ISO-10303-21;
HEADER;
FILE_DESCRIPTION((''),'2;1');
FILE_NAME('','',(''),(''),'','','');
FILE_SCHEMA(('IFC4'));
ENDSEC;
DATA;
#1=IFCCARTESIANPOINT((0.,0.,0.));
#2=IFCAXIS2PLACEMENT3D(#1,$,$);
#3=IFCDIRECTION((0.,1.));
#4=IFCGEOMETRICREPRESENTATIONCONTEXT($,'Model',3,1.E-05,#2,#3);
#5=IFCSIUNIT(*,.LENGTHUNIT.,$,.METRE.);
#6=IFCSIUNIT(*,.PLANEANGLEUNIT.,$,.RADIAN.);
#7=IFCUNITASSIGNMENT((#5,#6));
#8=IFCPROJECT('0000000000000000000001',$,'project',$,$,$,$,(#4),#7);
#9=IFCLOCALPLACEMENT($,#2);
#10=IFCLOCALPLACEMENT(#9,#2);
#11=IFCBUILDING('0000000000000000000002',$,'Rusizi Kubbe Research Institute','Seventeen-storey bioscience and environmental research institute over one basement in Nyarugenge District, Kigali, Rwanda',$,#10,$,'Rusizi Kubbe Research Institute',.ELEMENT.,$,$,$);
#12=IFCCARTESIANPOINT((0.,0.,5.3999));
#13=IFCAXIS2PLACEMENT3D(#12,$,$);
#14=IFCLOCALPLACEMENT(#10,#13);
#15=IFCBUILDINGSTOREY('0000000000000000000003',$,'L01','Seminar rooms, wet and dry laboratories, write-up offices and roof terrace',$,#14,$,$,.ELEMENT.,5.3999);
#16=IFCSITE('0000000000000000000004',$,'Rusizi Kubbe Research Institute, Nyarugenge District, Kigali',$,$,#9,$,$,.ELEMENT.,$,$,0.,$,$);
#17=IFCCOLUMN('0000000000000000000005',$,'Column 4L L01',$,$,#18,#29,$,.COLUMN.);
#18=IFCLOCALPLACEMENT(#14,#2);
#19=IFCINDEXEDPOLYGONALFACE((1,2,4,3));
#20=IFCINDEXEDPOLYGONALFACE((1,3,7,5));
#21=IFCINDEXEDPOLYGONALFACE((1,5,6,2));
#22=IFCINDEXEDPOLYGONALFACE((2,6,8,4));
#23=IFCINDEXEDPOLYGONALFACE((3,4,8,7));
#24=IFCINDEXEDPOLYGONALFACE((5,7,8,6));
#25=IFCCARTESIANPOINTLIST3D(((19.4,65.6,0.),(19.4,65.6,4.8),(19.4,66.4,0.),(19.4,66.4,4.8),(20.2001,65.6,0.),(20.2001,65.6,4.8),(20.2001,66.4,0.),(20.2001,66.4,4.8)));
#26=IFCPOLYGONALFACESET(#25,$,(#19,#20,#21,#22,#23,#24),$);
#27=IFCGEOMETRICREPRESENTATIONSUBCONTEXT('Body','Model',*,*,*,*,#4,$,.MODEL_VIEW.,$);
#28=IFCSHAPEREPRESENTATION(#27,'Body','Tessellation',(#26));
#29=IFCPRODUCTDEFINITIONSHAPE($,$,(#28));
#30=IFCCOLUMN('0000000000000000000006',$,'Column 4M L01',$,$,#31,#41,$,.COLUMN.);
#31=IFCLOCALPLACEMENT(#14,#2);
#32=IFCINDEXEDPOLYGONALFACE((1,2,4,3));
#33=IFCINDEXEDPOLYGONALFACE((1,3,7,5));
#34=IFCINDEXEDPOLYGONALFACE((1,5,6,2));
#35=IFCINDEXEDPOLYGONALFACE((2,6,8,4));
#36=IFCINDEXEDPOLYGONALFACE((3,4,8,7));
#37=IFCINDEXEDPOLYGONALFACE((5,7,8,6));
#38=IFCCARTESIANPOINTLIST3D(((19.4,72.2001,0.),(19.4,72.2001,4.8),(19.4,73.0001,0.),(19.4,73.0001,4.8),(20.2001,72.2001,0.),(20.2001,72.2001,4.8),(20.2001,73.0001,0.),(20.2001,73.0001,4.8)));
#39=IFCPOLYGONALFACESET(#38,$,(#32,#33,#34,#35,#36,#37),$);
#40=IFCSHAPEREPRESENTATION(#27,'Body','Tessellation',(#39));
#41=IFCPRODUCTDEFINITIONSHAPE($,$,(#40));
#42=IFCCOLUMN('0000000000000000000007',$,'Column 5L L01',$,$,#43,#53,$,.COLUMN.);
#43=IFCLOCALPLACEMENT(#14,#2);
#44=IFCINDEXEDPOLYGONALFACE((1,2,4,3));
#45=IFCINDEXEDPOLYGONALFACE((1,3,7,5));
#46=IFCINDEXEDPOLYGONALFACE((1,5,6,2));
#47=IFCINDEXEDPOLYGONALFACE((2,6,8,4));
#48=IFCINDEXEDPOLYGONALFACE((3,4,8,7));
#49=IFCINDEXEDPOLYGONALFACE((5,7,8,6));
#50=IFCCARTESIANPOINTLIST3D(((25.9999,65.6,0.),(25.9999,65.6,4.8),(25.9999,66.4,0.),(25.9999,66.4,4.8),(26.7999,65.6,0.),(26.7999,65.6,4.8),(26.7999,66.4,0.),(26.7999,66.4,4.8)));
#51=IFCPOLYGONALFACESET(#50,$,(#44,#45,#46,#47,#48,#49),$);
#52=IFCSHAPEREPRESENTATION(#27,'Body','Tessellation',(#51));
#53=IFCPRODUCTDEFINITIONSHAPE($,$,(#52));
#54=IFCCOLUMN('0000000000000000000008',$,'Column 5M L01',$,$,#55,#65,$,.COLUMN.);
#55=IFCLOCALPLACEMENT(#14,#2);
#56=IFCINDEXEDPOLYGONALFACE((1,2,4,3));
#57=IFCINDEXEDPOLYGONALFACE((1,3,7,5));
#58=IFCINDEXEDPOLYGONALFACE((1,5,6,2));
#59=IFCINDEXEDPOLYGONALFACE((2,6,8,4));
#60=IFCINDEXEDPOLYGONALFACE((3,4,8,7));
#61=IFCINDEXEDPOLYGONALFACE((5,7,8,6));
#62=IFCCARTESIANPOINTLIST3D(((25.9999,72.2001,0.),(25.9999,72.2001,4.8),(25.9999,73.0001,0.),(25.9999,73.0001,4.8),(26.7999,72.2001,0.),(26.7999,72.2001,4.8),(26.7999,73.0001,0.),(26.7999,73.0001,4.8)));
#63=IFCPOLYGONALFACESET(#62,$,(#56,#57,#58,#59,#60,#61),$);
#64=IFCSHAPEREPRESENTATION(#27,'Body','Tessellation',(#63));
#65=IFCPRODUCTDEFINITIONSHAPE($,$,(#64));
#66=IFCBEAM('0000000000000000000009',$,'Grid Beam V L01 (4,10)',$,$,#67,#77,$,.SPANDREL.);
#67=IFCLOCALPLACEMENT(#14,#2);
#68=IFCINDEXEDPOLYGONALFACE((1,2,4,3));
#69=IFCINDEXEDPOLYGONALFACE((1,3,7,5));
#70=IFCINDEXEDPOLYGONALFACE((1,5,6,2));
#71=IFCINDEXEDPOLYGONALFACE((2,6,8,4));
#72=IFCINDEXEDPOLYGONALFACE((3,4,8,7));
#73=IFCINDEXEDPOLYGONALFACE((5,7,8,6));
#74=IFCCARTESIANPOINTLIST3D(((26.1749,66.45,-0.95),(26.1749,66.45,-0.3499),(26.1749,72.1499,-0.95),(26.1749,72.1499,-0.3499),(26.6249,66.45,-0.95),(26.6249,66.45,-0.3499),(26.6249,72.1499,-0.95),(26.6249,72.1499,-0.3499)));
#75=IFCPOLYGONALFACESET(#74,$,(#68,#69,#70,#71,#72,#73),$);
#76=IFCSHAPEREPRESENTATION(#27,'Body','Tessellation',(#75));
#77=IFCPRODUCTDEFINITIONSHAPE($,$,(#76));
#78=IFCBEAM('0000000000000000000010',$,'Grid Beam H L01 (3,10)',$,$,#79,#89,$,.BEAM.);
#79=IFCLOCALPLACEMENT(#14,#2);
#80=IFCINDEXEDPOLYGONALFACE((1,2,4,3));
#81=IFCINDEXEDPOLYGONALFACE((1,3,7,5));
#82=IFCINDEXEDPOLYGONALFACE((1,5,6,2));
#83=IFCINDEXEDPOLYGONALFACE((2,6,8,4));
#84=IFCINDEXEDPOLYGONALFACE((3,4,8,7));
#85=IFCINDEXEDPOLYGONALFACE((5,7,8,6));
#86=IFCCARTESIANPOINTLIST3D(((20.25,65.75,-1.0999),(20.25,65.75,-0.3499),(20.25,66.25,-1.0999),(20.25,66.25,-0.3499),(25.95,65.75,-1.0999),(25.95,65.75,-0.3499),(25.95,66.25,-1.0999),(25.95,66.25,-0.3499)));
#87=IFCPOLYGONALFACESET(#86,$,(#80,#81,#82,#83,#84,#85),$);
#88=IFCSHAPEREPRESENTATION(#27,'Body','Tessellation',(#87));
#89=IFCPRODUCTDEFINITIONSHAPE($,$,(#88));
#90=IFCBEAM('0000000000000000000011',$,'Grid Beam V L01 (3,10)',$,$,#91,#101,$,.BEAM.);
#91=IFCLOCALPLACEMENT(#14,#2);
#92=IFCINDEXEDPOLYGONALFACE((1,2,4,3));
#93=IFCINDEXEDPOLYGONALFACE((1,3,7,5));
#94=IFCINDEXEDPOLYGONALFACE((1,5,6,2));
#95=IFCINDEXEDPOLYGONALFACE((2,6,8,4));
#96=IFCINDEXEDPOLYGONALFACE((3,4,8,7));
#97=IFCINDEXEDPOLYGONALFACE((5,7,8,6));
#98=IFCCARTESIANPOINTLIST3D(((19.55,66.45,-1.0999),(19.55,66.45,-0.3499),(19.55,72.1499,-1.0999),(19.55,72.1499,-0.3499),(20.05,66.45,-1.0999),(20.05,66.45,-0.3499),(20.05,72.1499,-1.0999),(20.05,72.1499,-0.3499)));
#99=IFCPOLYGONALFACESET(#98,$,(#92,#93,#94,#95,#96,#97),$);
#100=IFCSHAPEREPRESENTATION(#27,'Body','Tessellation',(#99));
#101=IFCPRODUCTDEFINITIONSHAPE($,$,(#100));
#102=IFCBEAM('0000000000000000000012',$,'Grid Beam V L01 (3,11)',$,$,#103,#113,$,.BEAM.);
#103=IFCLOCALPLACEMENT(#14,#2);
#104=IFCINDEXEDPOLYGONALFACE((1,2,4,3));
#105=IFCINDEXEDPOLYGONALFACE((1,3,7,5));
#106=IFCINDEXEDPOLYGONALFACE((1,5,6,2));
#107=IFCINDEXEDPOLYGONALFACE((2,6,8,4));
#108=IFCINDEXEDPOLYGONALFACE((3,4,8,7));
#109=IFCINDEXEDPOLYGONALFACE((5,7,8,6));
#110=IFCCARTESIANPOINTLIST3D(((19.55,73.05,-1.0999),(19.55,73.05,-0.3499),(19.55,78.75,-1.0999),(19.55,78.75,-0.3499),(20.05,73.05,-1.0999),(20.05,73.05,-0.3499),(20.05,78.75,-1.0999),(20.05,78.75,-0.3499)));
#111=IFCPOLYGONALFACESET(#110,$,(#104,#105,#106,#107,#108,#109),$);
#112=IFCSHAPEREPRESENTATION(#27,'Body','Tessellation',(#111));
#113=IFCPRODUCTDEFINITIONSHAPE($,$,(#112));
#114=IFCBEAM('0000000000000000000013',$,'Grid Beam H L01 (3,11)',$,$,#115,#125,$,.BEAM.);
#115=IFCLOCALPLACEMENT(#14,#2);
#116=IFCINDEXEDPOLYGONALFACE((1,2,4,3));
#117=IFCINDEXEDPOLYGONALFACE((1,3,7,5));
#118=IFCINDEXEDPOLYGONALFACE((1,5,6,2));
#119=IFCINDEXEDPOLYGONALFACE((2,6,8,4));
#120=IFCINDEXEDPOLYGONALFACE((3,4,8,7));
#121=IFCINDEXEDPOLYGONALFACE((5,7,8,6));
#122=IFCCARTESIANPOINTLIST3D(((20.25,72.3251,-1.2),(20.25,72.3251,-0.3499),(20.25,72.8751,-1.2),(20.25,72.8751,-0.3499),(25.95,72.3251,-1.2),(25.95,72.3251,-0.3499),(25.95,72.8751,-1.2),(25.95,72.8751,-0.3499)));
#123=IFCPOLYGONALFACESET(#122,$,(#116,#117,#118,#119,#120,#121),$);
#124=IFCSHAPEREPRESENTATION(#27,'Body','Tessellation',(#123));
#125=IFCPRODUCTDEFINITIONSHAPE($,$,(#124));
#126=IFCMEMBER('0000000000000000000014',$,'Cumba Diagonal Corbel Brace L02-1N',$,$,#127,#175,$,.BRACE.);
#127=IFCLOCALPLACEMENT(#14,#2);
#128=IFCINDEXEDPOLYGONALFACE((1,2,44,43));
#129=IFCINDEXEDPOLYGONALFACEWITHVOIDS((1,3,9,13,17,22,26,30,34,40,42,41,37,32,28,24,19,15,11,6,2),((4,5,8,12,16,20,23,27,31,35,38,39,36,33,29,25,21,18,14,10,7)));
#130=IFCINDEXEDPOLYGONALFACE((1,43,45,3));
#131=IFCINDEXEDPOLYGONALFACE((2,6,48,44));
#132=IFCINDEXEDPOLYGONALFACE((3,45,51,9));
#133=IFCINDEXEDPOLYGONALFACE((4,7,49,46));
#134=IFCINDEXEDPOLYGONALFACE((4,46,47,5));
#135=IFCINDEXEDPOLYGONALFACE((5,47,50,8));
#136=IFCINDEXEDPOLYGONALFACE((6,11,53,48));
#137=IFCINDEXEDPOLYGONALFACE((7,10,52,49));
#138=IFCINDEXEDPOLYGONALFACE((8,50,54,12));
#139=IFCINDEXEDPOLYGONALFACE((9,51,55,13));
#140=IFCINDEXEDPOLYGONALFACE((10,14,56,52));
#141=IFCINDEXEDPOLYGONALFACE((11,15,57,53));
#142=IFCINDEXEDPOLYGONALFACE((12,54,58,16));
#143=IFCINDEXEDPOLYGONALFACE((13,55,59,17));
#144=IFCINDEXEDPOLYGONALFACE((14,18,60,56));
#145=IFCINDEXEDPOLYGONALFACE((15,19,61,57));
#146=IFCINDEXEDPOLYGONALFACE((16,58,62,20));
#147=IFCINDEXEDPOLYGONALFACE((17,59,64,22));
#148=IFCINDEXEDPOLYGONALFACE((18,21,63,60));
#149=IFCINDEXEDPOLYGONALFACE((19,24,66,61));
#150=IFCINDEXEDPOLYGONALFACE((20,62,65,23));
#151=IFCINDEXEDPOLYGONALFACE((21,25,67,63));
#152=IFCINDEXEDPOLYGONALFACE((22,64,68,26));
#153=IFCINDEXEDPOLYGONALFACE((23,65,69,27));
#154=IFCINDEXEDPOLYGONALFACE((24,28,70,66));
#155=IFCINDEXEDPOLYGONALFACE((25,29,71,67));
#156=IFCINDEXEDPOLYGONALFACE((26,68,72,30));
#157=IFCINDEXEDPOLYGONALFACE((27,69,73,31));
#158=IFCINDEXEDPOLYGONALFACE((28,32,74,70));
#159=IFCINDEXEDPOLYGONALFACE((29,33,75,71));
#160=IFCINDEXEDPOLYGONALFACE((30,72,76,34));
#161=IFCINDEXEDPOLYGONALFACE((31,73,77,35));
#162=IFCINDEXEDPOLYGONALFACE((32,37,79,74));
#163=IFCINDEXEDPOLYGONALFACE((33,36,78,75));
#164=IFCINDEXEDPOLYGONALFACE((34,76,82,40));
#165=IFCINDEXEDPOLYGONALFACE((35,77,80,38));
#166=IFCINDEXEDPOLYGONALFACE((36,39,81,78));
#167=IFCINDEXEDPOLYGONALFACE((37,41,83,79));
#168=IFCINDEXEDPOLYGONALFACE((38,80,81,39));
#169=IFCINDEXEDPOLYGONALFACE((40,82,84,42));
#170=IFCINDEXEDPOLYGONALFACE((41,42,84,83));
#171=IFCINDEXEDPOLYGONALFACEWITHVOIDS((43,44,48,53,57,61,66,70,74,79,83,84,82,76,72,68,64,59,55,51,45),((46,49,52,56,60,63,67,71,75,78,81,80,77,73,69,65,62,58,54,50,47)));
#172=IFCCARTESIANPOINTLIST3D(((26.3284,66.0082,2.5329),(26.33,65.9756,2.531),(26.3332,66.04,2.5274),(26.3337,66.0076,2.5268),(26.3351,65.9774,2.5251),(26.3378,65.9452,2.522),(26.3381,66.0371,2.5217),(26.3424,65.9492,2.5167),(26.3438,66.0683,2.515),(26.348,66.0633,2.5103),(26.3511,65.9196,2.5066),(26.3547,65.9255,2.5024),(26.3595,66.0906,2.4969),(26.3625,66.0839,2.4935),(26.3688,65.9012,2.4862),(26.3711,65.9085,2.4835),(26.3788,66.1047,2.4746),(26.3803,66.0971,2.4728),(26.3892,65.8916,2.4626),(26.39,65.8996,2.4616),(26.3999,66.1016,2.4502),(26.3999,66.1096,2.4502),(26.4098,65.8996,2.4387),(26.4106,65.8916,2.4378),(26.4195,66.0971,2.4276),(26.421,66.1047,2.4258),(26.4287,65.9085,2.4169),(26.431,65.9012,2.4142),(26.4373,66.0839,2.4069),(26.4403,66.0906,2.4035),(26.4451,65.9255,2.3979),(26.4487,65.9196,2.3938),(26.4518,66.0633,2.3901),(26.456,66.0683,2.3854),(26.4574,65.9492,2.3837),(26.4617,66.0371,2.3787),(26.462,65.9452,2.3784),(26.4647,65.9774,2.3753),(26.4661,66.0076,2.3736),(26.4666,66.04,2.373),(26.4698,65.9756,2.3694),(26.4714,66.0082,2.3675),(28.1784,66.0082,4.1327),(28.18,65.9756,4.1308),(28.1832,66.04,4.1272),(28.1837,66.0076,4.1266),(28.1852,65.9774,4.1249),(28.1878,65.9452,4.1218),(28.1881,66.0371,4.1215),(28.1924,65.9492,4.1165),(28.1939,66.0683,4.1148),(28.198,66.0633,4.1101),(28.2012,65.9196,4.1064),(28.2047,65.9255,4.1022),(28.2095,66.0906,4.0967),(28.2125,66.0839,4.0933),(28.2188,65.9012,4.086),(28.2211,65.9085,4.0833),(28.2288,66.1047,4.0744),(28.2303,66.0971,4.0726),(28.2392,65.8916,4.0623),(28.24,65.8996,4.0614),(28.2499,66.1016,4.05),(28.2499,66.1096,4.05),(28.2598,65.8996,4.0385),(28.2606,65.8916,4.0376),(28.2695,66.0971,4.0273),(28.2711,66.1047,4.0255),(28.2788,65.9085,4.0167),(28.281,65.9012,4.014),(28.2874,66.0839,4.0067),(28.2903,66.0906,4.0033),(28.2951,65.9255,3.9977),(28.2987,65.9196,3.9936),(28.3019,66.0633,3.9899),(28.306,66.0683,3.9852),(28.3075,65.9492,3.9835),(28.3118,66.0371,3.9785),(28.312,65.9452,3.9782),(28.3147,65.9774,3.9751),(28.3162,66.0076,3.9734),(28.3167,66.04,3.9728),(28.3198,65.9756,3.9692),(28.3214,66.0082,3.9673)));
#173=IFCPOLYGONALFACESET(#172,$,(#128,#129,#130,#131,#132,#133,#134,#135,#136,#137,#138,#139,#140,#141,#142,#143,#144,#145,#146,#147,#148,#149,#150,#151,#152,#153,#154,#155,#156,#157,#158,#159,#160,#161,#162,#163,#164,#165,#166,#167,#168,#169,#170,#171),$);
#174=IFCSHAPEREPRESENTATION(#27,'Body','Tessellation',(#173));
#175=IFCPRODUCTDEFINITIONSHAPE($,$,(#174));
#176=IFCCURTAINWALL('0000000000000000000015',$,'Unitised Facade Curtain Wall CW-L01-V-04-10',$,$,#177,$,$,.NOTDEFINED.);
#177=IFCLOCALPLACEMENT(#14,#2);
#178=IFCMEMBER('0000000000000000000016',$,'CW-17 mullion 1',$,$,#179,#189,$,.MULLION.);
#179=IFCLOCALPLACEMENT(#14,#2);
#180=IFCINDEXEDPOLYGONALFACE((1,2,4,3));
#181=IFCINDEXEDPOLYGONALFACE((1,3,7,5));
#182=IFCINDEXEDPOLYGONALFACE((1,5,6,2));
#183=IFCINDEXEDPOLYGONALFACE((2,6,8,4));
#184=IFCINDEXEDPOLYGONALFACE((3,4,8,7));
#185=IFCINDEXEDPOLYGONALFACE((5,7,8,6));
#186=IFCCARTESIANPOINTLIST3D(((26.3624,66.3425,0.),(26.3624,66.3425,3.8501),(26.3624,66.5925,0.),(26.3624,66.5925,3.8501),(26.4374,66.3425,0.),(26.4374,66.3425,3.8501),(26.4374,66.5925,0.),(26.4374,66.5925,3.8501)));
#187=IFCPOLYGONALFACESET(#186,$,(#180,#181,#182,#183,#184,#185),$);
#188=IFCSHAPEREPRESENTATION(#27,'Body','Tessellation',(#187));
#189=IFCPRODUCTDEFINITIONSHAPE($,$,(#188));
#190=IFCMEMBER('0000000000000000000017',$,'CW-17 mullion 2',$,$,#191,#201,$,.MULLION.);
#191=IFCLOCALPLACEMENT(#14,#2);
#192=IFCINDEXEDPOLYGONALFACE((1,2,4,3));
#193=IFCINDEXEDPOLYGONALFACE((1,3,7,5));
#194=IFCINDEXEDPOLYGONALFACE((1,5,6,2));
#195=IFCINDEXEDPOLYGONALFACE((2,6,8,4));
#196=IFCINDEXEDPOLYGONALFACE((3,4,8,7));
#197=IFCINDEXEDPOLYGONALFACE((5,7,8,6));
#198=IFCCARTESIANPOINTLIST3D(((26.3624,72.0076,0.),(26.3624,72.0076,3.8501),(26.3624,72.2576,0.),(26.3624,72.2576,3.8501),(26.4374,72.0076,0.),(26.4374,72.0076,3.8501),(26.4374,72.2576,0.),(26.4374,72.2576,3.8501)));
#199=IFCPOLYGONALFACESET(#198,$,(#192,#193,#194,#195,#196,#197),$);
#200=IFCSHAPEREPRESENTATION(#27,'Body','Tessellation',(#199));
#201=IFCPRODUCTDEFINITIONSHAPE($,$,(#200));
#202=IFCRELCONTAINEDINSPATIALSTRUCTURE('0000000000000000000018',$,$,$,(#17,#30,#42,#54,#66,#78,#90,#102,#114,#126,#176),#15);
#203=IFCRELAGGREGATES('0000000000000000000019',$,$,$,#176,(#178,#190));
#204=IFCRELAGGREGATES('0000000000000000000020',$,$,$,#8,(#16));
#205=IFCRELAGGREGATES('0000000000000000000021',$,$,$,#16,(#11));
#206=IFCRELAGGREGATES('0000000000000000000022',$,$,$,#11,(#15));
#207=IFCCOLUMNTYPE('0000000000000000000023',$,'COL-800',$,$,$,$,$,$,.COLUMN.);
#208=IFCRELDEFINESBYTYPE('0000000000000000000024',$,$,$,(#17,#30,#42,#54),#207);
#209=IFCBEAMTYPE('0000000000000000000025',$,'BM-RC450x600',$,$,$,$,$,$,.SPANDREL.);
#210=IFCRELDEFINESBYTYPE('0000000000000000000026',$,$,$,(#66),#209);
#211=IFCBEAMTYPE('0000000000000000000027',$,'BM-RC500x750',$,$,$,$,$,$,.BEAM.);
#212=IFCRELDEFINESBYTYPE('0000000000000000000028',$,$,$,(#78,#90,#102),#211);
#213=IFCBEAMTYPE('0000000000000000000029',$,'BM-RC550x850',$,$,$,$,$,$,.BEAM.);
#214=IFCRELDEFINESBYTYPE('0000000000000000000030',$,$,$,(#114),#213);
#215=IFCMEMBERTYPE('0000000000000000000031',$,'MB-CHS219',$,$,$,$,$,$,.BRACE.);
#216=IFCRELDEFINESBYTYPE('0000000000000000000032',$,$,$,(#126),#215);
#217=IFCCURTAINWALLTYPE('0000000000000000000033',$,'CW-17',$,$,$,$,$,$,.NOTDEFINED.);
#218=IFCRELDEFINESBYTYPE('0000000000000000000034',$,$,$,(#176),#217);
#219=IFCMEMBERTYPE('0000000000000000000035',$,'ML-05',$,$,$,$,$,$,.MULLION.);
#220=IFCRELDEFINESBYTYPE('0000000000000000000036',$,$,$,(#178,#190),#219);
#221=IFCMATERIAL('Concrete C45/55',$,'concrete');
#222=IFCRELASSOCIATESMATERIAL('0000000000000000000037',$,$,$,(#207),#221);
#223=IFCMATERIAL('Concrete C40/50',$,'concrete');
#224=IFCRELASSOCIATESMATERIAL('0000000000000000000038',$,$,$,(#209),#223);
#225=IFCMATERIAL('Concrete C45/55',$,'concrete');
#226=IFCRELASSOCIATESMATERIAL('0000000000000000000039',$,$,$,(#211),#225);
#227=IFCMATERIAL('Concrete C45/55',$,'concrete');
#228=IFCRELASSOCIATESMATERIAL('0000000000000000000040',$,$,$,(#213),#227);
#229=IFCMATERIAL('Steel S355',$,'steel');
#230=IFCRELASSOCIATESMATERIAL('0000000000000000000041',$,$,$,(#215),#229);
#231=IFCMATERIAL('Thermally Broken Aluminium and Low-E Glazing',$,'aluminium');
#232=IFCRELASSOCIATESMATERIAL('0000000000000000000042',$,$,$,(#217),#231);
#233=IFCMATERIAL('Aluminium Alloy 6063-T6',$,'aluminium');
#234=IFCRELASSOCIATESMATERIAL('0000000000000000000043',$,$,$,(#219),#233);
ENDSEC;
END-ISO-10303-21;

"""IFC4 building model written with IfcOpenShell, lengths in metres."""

from ifc_helpers import new_model, si_unit, direction, frame, origin, origin_2d, place, context, subcontext, project, spatial, rectangle, hollow_circle, extrude, material, material_profile, profile_set, type_object, element, aggregate, save


model = new_model("IFC4")

# Units and contexts
model_context = context("Model", 3, precision=1e-05, world=origin(), true_north=direction((0.0, 1.0)))
body_context = subcontext(model_context, "Body", "Model", "MODEL_VIEW")
ifc_project = project(units=[si_unit("LENGTHUNIT", "METRE"), si_unit("PLANEANGLEUNIT", "RADIAN")], contexts=[model_context])

# Site, building, storey
site_placement = place(None, origin())
site = spatial("IfcSite", under=ifc_project, at=site_placement, Name="Rusizi Kubbe Research Institute, Nyarugenge District, Kigali", CompositionType="ELEMENT", RefElevation=0.0)
building_placement = place(site_placement, origin())
building = spatial("IfcBuilding", under=site, at=building_placement, Name="Rusizi Kubbe Research Institute", Description="Seventeen-storey bioscience and environmental research institute over one basement in Nyarugenge District, Kigali, Rwanda", LongName="Rusizi Kubbe Research Institute", CompositionType="ELEMENT")
storey_placement = place(building_placement, frame((0.0, 0.0, 5.3999)))
storey = spatial("IfcBuildingStorey", under=building, at=storey_placement, Name="L01", Description="Seminar rooms, wet and dry laboratories, write-up offices and roof terrace", CompositionType="ELEMENT", Elevation=5.3999)

# Columns
ifc_material_1 = material(Name="Concrete C45/55", Category="concrete")
ifc_material_profile_1 = material_profile(ifc_material_1, rectangle(XDim=0.8, YDim=0.8, at=origin_2d()), Name="RC800x800")
ifc_profile_set_1 = profile_set([ifc_material_profile_1], Name="Concrete C45/55")
column_type = type_object("IfcColumnType", Name="COL-800", PredefinedType="COLUMN", material=ifc_profile_set_1)
for number, where, z_axis, x_axis, name in (
    (1, (19.8, 66.0, 0.0), (0.0, 0.0, 1.0), (1.0, 0.0, 0.0), "Column 4L L01"),
    (2, (19.8, 72.6001, 0.0), (0.0, 0.0, 1.0), (1.0, 0.0, 0.0), "Column 4M L01"),
    (3, (26.3999, 66.0, 0.0), (0.0, 0.0, 1.0), (1.0, 0.0, 0.0), "Column 5L L01"),
    (4, (26.3999, 72.6001, 0.0), (0.0, 0.0, 1.0), (1.0, 0.0, 0.0), "Column 5M L01"),
):
    element("IfcColumn", number, at=place(storey_placement, frame(where, z_axis=z_axis, x_axis=x_axis)), inside=storey, type_object=column_type, Name=name, PredefinedType="COLUMN", context=body_context, shape_type="SweptSolid", body=[
        extrude(rectangle(XDim=0.8, YDim=0.8, at=origin_2d()), origin(), (0.0, 0.0, 1.0), 4.8),
    ])

# Beams
ifc_material_2 = material(Name="Concrete C40/50", Category="concrete")
ifc_material_profile_2 = material_profile(ifc_material_2, rectangle(XDim=0.45, YDim=0.6001, at=origin_2d()), Name="RC450x600")
ifc_profile_set_2 = profile_set([ifc_material_profile_2], Name="Concrete C40/50")
beam_type_1 = type_object("IfcBeamType", Name="BM-RC450x600", PredefinedType="SPANDREL", material=ifc_profile_set_2)
beam_1_placement = place(storey_placement, frame((26.3999, 66.45, -0.6499), z_axis=(0.0, 1.0, 0.0), x_axis=(-1.0, 0.0, 0.0)))
element("IfcBeam", 5, at=beam_1_placement, inside=storey, type_object=beam_type_1, Name="Grid Beam V L01 (4,10)", PredefinedType="SPANDREL", context=body_context, shape_type="SweptSolid", body=[
    extrude(rectangle(XDim=0.45, YDim=0.6001, at=origin_2d()), origin(), (0.0, 0.0, 1.0), 5.7),
])
ifc_material_3 = material(Name="Concrete C45/55", Category="concrete")
ifc_material_profile_3 = material_profile(ifc_material_3, rectangle(XDim=0.5, YDim=0.75, at=origin_2d()), Name="RC500x750B")
ifc_profile_set_3 = profile_set([ifc_material_profile_3], Name="Concrete C45/55")
beam_type_2 = type_object("IfcBeamType", Name="BM-RC500x750", PredefinedType="BEAM", material=ifc_profile_set_3)
for number, where, z_axis, x_axis, name in (
    (6, (20.25, 66.0, -0.7249), (1.0, 0.0, 0.0), (0.0, 1.0, 0.0), "Grid Beam H L01 (3,10)"),
    (7, (19.8, 66.45, -0.7249), (0.0, 1.0, 0.0), (-1.0, 0.0, 0.0), "Grid Beam V L01 (3,10)"),
    (8, (19.8, 73.05, -0.7249), (0.0, 1.0, 0.0), (-1.0, 0.0, 0.0), "Grid Beam V L01 (3,11)"),
):
    element("IfcBeam", number, at=place(storey_placement, frame(where, z_axis=z_axis, x_axis=x_axis)), inside=storey, type_object=beam_type_2, Name=name, PredefinedType="BEAM", context=body_context, shape_type="SweptSolid", body=[
        extrude(rectangle(XDim=0.5, YDim=0.75, at=origin_2d()), origin(), (0.0, 0.0, 1.0), 5.7),
    ])
ifc_material_4 = material(Name="Concrete C45/55", Category="concrete")
ifc_material_profile_4 = material_profile(ifc_material_4, rectangle(XDim=0.55, YDim=0.8501, at=origin_2d()), Name="RC550x850")
ifc_profile_set_4 = profile_set([ifc_material_profile_4], Name="Concrete C45/55")
beam_type_3 = type_object("IfcBeamType", Name="BM-RC550x850", PredefinedType="BEAM", material=ifc_profile_set_4)
beam_2_placement = place(storey_placement, frame((20.25, 72.6001, -0.7749), z_axis=(1.0, 0.0, 0.0), x_axis=(0.0, 1.0, 0.0)))
element("IfcBeam", 9, at=beam_2_placement, inside=storey, type_object=beam_type_3, Name="Grid Beam H L01 (3,11)", PredefinedType="BEAM", context=body_context, shape_type="SweptSolid", body=[
    extrude(rectangle(XDim=0.55, YDim=0.8501, at=origin_2d()), origin(), (0.0, 0.0, 1.0), 5.7),
])

# Member
ifc_material_5 = material(Name="Steel S355", Category="steel")
ifc_material_profile_5 = material_profile(ifc_material_5, hollow_circle(Radius=0.1096, WallThickness=0.0081, at=origin_2d()), Name="CHS 219.1x8.0")
ifc_profile_set_5 = profile_set([ifc_material_profile_5], Name="Steel S355")
member_type_1 = type_object("IfcMemberType", Name="MB-CHS219", PredefinedType="BRACE", material=ifc_profile_set_5)
member_1_placement = place(storey_placement, frame((26.3999, 66.0, 2.4502), z_axis=(0.75641, 0.0, 0.654098), x_axis=(0.0, 1.0, 0.0)))
element("IfcMember", 10, at=member_1_placement, inside=storey, type_object=member_type_1, Name="Cumba Diagonal Corbel Brace L02-1N", PredefinedType="BRACE", context=body_context, shape_type="SweptSolid", body=[
    extrude(hollow_circle(Radius=0.1096, WallThickness=0.0081, at=origin_2d()), origin(), (0.0, 0.0, 1.0), 2.4458),
])

# Curtain wall, members
ifc_material_6 = material(Name="Thermally Broken Aluminium and Low-E Glazing", Category="aluminium")
curtain_wall_type = type_object("IfcCurtainWallType", Name="CW-17", PredefinedType="NOTDEFINED", material=ifc_material_6)
curtain_wall_placement = place(storey_placement, origin())
curtain_wall = element("IfcCurtainWall", 11, at=curtain_wall_placement, inside=storey, type_object=curtain_wall_type, Name="Unitised Facade Curtain Wall CW-L01-V-04-10", PredefinedType="NOTDEFINED")
ifc_material_7 = material(Name="Aluminium Alloy 6063-T6", Category="aluminium")
ifc_material_profile_6 = material_profile(ifc_material_7, rectangle(XDim=0.075, YDim=0.25, at=origin_2d()), Name="ALU-M 75x250")
ifc_profile_set_6 = profile_set([ifc_material_profile_6], Name="Aluminium Alloy 6063-T6")
member_type_2 = type_object("IfcMemberType", Name="ML-05", PredefinedType="MULLION", material=ifc_profile_set_6)
member_2_placement = place(storey_placement, frame((26.3999, 66.4675, 0.0), z_axis=(0.0, 0.0, 1.0), x_axis=(-1.0, 0.0, 0.0)))
member_2 = element("IfcMember", 12, at=member_2_placement, type_object=member_type_2, Name="CW-17 mullion 1", PredefinedType="MULLION", context=body_context, shape_type="SweptSolid", body=[
    extrude(rectangle(XDim=0.075, YDim=0.25, at=origin_2d()), origin(), (0.0, 0.0, 1.0), 3.8501),
])
member_3_placement = place(storey_placement, frame((26.3999, 72.1326, 0.0), z_axis=(0.0, 0.0, 1.0), x_axis=(-1.0, 0.0, 0.0)))
member_3 = element("IfcMember", 13, at=member_3_placement, type_object=member_type_2, Name="CW-17 mullion 2", PredefinedType="MULLION", context=body_context, shape_type="SweptSolid", body=[
    extrude(rectangle(XDim=0.075, YDim=0.25, at=origin_2d()), origin(), (0.0, 0.0, 1.0), 3.8501),
])
aggregate(curtain_wall, [member_2, member_3])

save(model, "model.ifc")
